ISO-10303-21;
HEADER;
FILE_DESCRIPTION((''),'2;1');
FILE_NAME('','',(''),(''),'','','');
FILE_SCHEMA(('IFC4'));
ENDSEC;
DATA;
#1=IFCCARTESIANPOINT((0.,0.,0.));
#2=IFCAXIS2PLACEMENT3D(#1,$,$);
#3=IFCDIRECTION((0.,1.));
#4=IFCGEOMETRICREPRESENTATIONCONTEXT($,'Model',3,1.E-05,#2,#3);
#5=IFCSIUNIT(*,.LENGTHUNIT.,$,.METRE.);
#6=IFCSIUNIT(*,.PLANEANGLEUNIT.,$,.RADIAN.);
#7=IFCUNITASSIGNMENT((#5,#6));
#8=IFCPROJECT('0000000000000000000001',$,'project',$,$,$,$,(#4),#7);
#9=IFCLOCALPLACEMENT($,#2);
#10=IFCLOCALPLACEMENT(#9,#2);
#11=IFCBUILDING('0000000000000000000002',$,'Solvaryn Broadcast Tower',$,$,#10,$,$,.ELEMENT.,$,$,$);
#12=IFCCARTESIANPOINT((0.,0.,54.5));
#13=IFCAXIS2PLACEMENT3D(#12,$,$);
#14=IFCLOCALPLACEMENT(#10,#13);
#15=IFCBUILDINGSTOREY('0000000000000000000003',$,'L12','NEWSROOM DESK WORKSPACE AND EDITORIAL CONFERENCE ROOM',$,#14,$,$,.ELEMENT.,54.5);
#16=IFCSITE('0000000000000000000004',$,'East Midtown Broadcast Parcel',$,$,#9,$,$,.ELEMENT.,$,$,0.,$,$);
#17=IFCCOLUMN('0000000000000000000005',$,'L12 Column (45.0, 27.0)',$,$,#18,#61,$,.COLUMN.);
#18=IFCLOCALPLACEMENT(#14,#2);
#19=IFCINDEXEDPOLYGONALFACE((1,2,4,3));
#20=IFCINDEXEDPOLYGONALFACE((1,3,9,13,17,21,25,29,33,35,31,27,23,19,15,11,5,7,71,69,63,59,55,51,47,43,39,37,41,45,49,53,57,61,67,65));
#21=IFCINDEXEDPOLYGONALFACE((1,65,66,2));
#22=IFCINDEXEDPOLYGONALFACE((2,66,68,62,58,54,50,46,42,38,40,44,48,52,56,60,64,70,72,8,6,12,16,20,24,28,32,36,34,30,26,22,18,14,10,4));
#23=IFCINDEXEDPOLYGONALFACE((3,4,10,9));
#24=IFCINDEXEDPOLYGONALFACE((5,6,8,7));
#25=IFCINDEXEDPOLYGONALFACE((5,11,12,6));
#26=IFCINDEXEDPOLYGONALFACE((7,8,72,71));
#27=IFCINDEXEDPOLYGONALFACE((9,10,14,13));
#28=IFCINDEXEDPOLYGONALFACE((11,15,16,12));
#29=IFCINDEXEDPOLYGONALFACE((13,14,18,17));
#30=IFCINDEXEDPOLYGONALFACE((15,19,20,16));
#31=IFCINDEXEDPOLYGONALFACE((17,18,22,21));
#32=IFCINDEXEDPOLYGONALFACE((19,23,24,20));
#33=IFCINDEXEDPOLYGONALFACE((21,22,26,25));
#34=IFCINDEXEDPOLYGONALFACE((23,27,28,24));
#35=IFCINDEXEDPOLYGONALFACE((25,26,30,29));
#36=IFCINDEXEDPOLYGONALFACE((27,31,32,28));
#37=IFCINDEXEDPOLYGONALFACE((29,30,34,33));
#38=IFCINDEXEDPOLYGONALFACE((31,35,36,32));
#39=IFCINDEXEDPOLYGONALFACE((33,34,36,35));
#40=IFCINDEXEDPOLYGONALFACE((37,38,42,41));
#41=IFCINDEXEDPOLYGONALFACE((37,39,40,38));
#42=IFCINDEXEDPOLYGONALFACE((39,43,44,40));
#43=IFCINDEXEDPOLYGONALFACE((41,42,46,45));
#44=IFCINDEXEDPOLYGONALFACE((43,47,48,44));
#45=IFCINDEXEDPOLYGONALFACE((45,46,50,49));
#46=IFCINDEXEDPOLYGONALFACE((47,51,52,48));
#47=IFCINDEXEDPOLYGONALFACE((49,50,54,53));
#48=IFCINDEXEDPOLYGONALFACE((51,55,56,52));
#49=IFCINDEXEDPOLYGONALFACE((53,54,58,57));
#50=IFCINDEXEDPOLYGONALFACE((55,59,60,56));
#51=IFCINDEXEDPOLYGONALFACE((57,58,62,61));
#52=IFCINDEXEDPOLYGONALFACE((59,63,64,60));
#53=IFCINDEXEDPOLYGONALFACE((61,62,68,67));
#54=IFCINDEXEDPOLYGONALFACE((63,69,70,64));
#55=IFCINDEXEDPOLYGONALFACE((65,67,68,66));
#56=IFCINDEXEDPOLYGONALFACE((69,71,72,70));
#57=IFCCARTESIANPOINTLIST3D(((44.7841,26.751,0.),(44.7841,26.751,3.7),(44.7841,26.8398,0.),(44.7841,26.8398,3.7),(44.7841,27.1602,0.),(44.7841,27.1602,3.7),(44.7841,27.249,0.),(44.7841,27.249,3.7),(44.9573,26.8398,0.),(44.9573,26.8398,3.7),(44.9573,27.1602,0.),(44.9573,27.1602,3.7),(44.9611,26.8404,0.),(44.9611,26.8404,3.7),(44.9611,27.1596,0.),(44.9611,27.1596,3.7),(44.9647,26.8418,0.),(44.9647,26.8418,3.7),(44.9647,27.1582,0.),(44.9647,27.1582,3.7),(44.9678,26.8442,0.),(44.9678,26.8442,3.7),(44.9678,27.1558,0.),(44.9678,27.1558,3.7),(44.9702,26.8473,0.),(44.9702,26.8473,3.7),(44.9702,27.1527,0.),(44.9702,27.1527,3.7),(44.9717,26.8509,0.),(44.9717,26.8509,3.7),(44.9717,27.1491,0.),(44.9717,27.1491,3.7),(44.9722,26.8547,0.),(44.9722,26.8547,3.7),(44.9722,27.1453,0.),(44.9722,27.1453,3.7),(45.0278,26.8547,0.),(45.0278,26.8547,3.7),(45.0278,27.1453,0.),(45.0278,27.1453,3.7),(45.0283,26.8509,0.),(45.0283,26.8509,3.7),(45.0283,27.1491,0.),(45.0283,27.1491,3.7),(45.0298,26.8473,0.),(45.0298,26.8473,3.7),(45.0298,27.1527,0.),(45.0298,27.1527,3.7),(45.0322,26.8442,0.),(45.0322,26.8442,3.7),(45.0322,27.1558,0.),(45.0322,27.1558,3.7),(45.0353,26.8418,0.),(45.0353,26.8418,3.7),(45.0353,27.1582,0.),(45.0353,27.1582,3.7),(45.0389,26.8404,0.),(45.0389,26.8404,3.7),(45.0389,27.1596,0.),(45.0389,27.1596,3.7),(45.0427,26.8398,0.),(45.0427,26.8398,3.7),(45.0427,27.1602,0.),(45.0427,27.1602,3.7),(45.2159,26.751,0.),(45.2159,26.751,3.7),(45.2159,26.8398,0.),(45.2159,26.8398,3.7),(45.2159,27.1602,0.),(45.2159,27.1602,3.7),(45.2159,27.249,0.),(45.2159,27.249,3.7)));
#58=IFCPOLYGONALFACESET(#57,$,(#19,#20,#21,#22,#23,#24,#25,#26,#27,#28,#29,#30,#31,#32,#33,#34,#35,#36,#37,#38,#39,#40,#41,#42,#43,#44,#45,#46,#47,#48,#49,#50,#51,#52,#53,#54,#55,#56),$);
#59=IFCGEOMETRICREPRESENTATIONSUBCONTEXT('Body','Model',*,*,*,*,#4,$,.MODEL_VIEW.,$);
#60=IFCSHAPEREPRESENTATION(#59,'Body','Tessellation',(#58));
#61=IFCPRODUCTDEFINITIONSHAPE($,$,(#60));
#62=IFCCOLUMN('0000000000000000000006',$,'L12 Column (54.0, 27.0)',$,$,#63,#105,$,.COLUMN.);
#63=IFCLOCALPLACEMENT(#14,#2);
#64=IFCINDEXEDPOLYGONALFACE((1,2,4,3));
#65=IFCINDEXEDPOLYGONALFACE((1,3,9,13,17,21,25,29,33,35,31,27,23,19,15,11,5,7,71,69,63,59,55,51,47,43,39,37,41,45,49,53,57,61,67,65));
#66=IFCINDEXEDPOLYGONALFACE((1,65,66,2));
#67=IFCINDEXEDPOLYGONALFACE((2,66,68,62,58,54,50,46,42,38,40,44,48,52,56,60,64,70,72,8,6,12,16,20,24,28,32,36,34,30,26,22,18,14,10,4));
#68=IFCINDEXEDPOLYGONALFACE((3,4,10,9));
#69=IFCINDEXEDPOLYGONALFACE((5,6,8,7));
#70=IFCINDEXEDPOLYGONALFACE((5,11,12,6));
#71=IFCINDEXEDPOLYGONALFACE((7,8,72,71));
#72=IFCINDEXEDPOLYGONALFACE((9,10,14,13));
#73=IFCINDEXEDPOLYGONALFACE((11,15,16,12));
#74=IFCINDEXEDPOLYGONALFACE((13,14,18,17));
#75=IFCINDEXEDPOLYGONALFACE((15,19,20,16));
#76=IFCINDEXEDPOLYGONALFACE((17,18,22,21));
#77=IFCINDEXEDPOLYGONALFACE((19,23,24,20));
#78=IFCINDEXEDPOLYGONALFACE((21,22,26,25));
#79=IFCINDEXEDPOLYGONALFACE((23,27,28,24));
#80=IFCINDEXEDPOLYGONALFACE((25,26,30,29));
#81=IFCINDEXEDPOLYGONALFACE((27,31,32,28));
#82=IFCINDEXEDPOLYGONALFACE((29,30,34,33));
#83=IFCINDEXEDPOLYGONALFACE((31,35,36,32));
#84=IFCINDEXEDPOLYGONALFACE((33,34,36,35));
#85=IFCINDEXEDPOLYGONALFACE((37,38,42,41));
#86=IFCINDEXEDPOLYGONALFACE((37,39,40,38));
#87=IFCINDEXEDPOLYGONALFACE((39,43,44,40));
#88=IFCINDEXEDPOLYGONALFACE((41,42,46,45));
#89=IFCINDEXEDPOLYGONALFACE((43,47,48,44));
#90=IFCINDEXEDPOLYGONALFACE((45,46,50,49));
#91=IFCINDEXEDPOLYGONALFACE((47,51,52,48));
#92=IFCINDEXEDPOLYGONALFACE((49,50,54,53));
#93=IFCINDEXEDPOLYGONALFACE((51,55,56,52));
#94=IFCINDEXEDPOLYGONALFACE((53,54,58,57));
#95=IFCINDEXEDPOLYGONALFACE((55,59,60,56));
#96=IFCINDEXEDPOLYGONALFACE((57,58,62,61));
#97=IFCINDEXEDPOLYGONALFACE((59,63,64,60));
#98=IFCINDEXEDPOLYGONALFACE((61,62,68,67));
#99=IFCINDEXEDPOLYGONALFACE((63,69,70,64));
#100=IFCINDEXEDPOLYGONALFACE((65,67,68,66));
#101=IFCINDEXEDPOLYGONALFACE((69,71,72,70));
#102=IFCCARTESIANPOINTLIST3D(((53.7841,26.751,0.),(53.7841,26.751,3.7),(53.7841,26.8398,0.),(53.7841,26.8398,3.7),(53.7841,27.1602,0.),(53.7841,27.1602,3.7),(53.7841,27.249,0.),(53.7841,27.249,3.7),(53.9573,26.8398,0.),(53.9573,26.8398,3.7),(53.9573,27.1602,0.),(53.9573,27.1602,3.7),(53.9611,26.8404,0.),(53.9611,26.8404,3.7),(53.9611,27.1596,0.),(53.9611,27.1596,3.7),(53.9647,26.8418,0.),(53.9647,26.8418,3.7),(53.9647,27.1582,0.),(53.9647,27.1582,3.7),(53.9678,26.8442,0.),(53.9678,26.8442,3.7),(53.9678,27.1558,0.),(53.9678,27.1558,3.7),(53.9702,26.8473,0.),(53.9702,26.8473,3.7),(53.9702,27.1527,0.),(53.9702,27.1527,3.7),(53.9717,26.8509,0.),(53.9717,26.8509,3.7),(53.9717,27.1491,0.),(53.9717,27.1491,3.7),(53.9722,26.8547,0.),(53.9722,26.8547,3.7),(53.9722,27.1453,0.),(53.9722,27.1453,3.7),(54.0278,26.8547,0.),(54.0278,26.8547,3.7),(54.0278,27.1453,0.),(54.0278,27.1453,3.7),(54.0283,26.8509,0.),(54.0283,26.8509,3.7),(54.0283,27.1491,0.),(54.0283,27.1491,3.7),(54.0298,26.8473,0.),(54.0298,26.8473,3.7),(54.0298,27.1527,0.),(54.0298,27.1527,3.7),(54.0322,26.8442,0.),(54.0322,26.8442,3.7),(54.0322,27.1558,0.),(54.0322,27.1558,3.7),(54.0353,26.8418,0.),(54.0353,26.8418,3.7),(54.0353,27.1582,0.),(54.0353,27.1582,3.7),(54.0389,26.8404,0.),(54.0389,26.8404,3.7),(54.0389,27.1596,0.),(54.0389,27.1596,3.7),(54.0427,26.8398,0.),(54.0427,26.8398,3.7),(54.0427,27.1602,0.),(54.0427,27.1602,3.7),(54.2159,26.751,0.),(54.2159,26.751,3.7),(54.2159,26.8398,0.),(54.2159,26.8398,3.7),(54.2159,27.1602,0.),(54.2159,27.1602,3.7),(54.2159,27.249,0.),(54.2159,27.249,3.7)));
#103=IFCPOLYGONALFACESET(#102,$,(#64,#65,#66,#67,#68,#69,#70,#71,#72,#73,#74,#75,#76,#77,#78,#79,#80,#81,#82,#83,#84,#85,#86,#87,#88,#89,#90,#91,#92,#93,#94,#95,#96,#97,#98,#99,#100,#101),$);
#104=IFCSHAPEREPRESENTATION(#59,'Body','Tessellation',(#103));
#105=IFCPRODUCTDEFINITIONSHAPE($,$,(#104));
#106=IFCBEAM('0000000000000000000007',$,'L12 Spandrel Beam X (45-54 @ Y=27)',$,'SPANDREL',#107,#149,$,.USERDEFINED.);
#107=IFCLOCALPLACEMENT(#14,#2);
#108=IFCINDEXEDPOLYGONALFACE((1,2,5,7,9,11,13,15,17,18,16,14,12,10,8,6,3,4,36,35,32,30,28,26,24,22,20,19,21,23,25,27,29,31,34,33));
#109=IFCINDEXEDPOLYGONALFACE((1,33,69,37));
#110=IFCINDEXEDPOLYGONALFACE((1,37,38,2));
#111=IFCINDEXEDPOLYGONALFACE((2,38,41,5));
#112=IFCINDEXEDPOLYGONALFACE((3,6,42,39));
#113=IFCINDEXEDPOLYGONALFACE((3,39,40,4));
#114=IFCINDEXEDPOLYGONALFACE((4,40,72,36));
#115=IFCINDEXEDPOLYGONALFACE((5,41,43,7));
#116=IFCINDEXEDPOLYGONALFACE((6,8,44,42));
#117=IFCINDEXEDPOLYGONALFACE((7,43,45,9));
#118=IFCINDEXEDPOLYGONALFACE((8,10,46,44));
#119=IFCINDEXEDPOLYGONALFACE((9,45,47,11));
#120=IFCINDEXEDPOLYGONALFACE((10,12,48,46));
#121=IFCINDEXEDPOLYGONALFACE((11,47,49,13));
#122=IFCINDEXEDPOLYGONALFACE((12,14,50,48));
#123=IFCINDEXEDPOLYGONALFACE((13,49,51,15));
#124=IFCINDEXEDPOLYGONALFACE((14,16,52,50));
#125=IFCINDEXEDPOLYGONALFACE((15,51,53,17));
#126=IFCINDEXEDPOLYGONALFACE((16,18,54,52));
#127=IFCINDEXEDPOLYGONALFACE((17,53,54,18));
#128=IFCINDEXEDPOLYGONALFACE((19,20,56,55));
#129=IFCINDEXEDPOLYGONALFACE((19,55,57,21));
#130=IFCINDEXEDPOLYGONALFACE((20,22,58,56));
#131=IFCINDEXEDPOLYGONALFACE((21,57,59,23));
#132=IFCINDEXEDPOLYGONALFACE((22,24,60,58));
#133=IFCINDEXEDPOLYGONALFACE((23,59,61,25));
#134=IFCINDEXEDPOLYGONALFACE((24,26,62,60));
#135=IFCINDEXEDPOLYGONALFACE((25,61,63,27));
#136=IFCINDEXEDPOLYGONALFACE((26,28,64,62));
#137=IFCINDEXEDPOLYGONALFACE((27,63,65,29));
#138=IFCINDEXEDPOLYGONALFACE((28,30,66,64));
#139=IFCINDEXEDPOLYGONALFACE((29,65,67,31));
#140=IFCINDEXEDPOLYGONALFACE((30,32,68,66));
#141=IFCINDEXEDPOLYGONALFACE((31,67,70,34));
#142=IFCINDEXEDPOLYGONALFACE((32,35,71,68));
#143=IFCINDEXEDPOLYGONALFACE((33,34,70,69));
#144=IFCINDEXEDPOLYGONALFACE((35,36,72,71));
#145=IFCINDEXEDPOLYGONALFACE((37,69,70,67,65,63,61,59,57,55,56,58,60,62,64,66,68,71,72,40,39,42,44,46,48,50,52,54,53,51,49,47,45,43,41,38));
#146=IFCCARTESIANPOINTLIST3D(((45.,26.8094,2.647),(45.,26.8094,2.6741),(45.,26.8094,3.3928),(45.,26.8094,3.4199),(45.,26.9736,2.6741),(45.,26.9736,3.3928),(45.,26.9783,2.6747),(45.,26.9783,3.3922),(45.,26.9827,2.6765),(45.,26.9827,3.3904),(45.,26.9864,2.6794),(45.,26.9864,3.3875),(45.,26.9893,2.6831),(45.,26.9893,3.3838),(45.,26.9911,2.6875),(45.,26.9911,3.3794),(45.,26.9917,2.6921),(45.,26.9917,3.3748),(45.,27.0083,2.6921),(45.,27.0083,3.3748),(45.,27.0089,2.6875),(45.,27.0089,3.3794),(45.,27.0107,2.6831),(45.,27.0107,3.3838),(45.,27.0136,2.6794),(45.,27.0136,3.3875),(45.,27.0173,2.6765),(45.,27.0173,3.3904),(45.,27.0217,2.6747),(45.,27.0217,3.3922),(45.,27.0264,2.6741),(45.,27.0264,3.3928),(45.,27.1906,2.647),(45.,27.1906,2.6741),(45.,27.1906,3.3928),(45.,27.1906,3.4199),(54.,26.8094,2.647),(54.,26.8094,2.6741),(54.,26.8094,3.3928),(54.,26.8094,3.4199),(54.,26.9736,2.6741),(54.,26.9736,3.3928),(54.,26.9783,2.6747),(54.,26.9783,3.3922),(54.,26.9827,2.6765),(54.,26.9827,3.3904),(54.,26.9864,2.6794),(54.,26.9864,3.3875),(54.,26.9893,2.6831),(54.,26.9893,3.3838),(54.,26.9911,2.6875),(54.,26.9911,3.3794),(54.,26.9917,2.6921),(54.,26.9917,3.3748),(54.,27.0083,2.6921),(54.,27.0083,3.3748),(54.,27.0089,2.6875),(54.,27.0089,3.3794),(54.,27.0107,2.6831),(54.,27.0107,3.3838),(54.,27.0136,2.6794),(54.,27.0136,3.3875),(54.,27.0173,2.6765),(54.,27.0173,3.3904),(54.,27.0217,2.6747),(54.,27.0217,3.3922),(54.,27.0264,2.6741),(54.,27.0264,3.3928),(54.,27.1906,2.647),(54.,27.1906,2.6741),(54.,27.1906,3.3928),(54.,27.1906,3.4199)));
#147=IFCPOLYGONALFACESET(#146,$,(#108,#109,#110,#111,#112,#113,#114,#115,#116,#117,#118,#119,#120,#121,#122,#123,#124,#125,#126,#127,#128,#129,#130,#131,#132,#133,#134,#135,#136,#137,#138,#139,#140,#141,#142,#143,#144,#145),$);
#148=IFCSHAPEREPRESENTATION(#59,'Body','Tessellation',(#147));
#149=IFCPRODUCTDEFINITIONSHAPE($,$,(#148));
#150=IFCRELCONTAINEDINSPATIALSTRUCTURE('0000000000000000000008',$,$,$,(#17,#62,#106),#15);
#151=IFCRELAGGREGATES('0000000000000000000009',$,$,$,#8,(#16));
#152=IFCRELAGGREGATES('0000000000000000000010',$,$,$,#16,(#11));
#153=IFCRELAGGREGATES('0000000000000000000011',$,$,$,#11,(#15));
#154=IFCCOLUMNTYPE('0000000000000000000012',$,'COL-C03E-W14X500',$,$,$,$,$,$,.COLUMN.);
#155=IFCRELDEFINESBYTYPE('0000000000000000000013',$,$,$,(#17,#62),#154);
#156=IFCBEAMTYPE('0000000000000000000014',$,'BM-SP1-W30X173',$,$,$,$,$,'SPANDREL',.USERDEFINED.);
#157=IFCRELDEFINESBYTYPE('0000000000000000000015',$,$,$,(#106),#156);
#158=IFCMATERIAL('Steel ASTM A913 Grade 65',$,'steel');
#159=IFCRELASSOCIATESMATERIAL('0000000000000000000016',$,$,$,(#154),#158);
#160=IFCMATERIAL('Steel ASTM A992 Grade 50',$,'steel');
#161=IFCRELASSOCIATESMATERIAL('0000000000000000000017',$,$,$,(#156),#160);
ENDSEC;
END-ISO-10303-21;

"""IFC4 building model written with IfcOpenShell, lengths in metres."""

from ifc_helpers import new_model, si_unit, direction, frame, origin, origin_2d, place, context, subcontext, project, spatial, i_section, extrude, material, material_profile, profile_set, type_object, element, save


model = new_model("IFC4")

# Units and contexts
model_context = context("Model", 3, precision=1e-05, world=origin(), true_north=direction((0.0, 1.0)))
body_context = subcontext(model_context, "Body", "Model", "MODEL_VIEW")
ifc_project = project(units=[si_unit("LENGTHUNIT", "METRE"), si_unit("PLANEANGLEUNIT", "RADIAN")], contexts=[model_context])

# Site, building, storey
site_placement = place(None, origin())
site = spatial("IfcSite", under=ifc_project, at=site_placement, Name="East Midtown Broadcast Parcel", CompositionType="ELEMENT", RefElevation=0.0)
building_placement = place(site_placement, origin())
building = spatial("IfcBuilding", under=site, at=building_placement, Name="Solvaryn Broadcast Tower", CompositionType="ELEMENT")
storey_placement = place(building_placement, frame((0.0, 0.0, 54.5)))
storey = spatial("IfcBuildingStorey", under=building, at=storey_placement, Name="L12", Description="NEWSROOM DESK WORKSPACE AND EDITORIAL CONFERENCE ROOM", CompositionType="ELEMENT", Elevation=54.5)

# Columns
ifc_material_1 = material(Name="Steel ASTM A913 Grade 65", Category="steel")
ifc_material_profile_1 = material_profile(ifc_material_1, i_section(OverallWidth=0.4319, OverallDepth=0.498, WebThickness=0.0557, FlangeThickness=0.0889, FilletRadius=0.0149, at=origin_2d()))
ifc_profile_set_1 = profile_set([ifc_material_profile_1], Name="Steel ASTM A913 Grade 65")
column_type = type_object("IfcColumnType", Name="COL-C03E-W14X500", PredefinedType="COLUMN", material=ifc_profile_set_1)
for number, where, z_axis, x_axis, name in (
    (1, (45.0, 27.0, 0.0), (0.0, 0.0, 1.0), (1.0, 0.0, 0.0), "L12 Column (45.0, 27.0)"),
    (2, (54.0, 27.0, 0.0), (0.0, 0.0, 1.0), (1.0, 0.0, 0.0), "L12 Column (54.0, 27.0)"),
):
    element("IfcColumn", number, at=place(storey_placement, frame(where, z_axis=z_axis, x_axis=x_axis)), inside=storey, type_object=column_type, Name=name, PredefinedType="COLUMN", context=body_context, shape_type="SweptSolid", body=[
        extrude(i_section(OverallWidth=0.4319, OverallDepth=0.498, WebThickness=0.0557, FlangeThickness=0.0889, FilletRadius=0.0149, at=origin_2d()), origin(), (0.0, 0.0, 1.0), 3.7),
    ])

# Beam
ifc_material_2 = material(Name="Steel ASTM A992 Grade 50", Category="steel")
ifc_material_profile_2 = material_profile(ifc_material_2, i_section(OverallWidth=0.3811, OverallDepth=0.7729, WebThickness=0.0166, FlangeThickness=0.0271, FilletRadius=0.0181, at=origin_2d()))
ifc_profile_set_2 = profile_set([ifc_material_profile_2], Name="Steel ASTM A992 Grade 50")
beam_type = type_object("IfcBeamType", Name="BM-SP1-W30X173", ElementType="SPANDREL", PredefinedType="USERDEFINED", material=ifc_profile_set_2)
beam_placement = place(storey_placement, frame((45.0, 27.0, 3.0334), z_axis=(1.0, 0.0, 0.0), x_axis=(0.0, 1.0, 0.0)))
element("IfcBeam", 3, at=beam_placement, inside=storey, type_object=beam_type, Name="L12 Spandrel Beam X (45-54 @ Y=27)", ObjectType="SPANDREL", PredefinedType="USERDEFINED", context=body_context, shape_type="SweptSolid", body=[
    extrude(i_section(OverallWidth=0.3811, OverallDepth=0.7729, WebThickness=0.0166, FlangeThickness=0.0271, FilletRadius=0.0181, at=origin_2d()), origin(), (0.0, 0.0, 1.0), 9.0),
])

save(model, "model.ifc")
